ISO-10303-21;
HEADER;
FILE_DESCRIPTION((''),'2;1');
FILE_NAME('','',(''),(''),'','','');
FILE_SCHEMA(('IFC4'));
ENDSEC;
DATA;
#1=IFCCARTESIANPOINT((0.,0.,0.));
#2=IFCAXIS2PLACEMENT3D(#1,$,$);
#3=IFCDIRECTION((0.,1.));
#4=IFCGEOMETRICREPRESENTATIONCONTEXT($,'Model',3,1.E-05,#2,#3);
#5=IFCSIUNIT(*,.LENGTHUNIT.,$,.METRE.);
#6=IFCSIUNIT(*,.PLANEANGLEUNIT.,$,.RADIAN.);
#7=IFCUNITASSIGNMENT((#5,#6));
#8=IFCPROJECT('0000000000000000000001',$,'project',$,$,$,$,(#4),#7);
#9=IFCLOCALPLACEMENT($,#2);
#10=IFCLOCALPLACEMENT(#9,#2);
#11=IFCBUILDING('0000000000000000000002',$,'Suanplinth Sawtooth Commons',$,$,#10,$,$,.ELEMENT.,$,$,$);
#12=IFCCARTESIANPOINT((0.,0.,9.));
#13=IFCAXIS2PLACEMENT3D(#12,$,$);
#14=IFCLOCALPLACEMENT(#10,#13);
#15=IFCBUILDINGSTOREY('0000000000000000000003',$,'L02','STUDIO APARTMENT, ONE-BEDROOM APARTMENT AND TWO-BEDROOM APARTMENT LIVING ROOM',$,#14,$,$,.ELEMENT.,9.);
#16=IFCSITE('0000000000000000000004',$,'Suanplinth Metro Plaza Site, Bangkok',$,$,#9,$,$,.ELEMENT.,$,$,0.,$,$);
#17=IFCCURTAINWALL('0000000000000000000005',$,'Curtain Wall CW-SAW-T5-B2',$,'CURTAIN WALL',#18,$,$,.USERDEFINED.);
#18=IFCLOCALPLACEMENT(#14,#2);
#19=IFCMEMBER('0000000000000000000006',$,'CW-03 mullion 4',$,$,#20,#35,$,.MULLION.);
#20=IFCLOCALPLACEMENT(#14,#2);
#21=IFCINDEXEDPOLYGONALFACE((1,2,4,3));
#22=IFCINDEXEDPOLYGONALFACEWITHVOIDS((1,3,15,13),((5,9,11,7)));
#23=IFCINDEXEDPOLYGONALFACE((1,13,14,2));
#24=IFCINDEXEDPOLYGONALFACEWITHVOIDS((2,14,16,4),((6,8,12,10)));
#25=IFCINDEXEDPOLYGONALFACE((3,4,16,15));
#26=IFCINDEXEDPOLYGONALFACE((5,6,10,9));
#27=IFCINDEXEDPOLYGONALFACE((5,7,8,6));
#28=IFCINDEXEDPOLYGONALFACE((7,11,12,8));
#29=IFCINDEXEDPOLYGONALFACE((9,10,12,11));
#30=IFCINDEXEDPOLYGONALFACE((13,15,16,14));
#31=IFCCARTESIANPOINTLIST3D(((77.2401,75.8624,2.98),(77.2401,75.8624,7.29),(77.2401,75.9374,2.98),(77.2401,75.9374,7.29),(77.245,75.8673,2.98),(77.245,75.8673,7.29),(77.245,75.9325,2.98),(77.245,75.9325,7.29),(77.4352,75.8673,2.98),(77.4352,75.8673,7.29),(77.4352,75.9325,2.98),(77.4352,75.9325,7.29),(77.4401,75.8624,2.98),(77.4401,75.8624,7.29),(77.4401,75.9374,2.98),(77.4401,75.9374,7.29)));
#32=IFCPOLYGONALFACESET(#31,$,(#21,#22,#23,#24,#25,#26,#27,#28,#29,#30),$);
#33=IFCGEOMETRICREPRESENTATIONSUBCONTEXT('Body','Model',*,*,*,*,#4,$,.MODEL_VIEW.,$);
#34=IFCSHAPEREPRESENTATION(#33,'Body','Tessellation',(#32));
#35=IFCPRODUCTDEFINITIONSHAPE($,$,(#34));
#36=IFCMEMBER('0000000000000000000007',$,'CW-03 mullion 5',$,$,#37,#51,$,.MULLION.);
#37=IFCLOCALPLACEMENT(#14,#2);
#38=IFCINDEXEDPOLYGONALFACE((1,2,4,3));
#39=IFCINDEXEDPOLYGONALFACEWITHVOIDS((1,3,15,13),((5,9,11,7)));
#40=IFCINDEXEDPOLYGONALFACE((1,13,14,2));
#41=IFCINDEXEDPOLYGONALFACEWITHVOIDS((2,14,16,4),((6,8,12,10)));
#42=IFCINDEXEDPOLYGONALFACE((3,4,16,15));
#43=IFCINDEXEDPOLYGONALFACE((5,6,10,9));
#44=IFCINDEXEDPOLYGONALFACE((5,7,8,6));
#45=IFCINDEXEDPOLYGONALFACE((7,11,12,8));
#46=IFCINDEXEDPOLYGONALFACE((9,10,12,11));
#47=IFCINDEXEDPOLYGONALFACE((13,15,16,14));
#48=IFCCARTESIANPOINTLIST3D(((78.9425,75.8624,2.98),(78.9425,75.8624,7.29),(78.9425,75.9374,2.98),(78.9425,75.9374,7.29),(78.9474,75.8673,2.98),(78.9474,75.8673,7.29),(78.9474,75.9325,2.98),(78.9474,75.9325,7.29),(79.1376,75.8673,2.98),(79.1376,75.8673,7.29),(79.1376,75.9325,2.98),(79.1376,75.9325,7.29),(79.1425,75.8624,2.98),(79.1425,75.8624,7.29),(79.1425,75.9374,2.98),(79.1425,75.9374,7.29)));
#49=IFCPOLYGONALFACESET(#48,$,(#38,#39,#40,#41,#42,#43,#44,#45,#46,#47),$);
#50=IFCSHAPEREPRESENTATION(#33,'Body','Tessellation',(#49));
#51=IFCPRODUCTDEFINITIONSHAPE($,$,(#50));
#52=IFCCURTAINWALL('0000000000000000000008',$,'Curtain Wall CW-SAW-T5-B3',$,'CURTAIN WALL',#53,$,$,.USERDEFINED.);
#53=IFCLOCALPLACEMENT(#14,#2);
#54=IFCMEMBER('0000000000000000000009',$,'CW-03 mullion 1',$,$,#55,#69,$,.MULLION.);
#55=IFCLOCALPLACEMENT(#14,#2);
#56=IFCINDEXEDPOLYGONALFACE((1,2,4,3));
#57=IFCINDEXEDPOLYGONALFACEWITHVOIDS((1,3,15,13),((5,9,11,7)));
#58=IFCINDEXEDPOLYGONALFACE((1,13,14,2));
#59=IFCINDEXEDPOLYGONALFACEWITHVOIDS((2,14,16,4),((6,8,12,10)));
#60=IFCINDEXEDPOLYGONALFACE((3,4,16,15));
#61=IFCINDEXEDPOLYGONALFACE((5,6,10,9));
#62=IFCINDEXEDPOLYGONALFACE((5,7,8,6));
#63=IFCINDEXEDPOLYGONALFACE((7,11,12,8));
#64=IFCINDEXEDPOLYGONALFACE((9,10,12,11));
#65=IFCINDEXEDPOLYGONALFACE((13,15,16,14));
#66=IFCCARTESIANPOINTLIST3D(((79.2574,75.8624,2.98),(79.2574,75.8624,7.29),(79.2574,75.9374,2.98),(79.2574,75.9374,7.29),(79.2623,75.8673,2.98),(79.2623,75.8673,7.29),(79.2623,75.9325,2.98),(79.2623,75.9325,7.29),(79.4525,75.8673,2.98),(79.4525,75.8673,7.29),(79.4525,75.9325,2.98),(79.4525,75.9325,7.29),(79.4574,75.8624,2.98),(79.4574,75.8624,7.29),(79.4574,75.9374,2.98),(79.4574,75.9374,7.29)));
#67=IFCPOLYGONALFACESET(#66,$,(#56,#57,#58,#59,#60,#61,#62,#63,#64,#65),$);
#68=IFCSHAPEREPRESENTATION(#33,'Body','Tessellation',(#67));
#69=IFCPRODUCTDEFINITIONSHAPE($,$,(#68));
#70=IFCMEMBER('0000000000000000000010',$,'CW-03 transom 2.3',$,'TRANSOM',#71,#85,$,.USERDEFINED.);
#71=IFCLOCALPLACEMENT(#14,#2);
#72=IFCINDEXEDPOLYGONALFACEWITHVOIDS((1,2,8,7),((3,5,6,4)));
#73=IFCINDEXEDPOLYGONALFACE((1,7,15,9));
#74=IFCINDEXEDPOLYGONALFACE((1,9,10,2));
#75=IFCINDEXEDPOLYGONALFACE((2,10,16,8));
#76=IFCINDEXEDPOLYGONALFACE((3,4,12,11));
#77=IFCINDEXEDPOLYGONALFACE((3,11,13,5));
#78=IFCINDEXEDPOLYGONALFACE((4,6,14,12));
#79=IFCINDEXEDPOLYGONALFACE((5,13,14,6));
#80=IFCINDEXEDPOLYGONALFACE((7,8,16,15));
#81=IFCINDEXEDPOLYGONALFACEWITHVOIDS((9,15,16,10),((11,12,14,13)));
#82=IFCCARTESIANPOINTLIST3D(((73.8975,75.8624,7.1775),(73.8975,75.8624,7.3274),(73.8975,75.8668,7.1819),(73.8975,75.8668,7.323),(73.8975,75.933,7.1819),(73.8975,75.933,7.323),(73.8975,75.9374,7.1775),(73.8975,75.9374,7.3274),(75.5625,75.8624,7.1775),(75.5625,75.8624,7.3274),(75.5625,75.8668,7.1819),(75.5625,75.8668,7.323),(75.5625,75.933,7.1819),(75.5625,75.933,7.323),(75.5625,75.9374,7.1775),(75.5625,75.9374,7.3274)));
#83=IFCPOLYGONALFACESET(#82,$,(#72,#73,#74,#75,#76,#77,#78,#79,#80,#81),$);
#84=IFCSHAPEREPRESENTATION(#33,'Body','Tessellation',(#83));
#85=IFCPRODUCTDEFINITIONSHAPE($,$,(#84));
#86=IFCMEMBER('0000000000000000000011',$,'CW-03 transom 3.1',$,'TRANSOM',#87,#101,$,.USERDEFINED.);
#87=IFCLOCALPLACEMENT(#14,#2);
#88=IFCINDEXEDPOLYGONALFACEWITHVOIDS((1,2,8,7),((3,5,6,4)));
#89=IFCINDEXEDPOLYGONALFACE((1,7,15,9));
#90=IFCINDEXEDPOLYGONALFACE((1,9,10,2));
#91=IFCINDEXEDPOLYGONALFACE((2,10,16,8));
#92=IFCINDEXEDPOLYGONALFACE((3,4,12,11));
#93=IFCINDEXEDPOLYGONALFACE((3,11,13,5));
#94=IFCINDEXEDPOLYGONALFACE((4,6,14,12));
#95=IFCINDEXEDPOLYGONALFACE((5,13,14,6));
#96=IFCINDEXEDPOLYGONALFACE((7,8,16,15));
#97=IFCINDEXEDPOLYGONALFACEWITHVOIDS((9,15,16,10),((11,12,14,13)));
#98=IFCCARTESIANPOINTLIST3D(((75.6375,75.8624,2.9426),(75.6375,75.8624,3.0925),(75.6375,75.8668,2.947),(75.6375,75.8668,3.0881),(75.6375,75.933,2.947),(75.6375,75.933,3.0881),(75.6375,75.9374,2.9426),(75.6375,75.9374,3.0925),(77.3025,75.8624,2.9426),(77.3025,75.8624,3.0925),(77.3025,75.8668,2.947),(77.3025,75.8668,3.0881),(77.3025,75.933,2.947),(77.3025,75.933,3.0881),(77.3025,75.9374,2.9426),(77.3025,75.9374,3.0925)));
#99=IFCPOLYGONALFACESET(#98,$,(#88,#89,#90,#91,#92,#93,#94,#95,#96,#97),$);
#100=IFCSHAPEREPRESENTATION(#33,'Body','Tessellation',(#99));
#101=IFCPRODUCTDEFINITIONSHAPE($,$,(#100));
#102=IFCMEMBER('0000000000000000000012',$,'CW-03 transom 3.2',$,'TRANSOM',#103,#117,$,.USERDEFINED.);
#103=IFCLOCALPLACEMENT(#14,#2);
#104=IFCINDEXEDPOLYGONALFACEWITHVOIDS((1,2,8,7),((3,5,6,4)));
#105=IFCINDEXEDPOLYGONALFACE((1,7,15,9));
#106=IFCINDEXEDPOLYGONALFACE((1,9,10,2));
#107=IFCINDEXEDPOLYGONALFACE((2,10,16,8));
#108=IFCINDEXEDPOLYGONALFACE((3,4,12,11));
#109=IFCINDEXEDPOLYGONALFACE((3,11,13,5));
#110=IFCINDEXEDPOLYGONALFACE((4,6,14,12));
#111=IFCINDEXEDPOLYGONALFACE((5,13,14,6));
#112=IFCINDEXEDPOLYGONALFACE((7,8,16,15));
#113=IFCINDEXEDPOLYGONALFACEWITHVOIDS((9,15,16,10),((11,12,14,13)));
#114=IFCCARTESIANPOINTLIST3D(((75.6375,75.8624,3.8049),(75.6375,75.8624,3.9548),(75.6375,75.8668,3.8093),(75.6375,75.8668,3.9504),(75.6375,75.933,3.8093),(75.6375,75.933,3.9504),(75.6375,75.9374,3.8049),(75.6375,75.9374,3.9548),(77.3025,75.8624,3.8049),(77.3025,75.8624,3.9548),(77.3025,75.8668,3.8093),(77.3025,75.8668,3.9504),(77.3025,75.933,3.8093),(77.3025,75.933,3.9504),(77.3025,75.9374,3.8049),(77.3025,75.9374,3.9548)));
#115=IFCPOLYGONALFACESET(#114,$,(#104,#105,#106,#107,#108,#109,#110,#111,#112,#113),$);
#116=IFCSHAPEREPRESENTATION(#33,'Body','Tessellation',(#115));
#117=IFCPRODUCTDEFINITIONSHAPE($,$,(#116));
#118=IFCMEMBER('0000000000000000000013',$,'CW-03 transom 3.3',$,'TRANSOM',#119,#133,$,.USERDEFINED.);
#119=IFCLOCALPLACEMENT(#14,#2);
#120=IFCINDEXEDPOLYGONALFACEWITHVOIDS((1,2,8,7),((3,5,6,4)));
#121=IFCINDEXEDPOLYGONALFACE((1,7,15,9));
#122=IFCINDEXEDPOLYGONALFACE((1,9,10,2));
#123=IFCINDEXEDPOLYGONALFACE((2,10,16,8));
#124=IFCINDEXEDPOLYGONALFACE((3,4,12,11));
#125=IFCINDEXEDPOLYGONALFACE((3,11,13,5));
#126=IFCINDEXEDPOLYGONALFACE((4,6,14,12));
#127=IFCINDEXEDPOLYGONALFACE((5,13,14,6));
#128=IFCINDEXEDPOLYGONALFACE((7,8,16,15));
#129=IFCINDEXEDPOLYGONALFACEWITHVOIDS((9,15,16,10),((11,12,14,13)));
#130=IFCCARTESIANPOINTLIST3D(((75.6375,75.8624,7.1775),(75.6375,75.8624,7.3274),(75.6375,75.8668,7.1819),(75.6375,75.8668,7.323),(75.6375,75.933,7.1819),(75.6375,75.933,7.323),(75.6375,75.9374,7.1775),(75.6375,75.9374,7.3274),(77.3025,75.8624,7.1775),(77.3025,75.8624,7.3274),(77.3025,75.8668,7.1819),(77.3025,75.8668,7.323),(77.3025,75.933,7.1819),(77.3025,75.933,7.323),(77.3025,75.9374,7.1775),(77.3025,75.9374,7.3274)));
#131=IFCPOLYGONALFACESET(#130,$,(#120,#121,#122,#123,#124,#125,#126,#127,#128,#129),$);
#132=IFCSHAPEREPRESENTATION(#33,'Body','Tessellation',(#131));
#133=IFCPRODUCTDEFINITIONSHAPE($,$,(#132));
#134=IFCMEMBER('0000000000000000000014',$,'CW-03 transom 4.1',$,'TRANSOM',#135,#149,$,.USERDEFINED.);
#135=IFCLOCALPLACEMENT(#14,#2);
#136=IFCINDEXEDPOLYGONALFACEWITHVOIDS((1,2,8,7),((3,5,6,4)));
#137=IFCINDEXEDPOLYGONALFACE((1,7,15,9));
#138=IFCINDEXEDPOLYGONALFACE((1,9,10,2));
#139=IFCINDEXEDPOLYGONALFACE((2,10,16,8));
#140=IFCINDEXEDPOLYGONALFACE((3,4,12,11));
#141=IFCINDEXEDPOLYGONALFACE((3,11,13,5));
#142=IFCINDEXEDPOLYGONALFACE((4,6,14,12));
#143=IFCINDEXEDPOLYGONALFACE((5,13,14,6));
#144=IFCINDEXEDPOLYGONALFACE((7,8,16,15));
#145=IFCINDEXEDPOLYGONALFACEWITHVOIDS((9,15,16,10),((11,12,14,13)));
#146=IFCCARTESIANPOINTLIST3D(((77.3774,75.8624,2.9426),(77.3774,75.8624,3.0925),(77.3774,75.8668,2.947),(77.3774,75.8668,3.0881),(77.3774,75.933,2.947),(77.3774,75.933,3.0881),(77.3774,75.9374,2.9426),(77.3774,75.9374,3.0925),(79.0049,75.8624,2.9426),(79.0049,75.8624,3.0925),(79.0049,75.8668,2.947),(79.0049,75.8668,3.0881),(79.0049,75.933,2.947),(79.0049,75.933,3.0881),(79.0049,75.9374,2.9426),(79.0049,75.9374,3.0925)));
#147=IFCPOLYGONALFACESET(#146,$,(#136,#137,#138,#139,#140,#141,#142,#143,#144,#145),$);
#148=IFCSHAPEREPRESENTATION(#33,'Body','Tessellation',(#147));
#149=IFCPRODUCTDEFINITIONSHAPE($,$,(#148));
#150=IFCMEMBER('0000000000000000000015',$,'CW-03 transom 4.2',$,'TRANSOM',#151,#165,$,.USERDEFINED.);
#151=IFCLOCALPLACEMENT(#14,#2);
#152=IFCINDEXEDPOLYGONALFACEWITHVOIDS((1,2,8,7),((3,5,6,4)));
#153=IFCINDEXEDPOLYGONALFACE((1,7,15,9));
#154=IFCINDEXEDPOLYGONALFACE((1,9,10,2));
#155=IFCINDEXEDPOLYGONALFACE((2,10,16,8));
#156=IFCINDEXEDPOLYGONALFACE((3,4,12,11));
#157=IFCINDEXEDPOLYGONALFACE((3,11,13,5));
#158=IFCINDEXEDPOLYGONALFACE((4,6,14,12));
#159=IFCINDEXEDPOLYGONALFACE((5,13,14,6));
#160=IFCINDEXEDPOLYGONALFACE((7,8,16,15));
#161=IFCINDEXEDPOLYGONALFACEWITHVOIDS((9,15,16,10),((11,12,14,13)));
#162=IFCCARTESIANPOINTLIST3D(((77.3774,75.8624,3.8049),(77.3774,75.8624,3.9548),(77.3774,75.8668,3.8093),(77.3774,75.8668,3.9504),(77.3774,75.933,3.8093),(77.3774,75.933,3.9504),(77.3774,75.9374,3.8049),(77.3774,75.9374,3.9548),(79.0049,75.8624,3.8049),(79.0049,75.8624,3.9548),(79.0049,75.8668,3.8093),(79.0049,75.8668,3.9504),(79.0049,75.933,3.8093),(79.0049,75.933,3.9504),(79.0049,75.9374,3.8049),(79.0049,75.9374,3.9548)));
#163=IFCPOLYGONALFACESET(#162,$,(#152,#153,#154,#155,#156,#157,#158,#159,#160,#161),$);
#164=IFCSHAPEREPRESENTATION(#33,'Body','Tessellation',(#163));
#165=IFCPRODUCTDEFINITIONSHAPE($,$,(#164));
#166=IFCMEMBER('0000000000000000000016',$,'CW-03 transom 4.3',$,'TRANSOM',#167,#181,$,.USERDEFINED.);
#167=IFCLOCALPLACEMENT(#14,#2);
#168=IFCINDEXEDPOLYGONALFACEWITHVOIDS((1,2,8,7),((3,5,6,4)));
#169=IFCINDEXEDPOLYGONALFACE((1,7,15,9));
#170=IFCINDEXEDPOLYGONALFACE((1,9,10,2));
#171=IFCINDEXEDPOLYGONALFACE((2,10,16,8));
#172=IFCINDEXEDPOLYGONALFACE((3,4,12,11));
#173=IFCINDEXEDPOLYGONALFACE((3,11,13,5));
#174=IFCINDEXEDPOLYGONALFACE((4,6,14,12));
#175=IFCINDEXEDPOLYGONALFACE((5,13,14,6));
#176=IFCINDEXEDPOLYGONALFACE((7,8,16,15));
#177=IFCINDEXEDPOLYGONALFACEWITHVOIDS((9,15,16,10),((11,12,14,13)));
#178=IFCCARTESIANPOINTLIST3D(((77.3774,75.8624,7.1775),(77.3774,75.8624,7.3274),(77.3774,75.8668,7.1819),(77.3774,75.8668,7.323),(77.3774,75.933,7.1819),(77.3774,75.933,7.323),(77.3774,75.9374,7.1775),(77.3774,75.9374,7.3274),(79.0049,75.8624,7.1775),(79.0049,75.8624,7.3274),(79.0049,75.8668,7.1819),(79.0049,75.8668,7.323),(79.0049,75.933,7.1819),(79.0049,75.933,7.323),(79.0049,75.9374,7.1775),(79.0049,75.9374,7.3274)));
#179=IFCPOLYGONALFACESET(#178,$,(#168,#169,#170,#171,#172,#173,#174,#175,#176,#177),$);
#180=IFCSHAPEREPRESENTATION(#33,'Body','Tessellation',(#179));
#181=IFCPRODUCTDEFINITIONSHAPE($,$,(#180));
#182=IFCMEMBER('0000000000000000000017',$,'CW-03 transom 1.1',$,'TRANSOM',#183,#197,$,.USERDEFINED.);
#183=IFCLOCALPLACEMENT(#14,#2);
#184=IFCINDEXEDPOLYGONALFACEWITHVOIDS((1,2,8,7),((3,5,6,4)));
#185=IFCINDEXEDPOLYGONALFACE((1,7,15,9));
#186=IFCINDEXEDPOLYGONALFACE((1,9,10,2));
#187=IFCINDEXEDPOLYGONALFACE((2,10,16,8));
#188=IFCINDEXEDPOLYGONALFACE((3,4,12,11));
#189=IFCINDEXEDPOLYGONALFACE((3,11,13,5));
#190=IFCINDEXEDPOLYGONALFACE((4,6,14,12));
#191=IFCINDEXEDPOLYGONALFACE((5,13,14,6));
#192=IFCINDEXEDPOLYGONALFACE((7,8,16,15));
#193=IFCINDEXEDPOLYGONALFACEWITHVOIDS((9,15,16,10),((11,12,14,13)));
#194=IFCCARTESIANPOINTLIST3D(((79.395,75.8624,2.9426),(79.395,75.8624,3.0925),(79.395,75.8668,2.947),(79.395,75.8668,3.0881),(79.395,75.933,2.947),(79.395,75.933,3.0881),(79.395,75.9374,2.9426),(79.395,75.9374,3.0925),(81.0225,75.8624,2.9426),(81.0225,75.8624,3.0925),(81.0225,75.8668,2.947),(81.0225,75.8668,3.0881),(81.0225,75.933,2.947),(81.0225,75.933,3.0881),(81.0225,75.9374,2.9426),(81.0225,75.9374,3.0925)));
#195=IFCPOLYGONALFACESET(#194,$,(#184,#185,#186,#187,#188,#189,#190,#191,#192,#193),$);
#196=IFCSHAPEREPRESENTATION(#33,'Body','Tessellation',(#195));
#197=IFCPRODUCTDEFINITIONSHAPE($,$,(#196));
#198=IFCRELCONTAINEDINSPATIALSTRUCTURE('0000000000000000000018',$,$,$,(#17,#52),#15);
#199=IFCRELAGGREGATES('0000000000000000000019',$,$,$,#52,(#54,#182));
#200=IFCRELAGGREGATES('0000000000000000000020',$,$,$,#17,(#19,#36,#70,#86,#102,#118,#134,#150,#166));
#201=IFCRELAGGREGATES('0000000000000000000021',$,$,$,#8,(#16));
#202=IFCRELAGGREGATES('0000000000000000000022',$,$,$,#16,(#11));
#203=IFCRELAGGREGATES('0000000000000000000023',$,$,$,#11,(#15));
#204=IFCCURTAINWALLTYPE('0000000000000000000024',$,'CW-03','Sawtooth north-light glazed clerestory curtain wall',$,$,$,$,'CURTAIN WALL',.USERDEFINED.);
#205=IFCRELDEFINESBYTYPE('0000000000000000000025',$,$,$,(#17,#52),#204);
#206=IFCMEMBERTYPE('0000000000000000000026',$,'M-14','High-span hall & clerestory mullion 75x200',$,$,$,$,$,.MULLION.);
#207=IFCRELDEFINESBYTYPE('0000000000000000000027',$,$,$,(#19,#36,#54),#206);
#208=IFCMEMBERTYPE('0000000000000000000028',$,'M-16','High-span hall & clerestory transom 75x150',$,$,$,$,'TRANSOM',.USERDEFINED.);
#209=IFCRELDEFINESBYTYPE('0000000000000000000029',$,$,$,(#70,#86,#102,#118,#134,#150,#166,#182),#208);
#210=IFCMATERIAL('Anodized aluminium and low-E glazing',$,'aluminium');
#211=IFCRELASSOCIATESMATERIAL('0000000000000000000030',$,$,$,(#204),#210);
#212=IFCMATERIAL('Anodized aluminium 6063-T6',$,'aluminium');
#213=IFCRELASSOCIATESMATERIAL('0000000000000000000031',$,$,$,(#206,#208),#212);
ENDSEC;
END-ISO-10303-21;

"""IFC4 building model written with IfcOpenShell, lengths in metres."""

from ifc_helpers import new_model, si_unit, direction, frame, origin, origin_2d, place, context, subcontext, project, spatial, hollow_rectangle, extrude, material, material_profile, profile_set, type_object, element, aggregate, save


model = new_model("IFC4")

# Units and contexts
model_context = context("Model", 3, precision=1e-05, world=origin(), true_north=direction((0.0, 1.0)))
body_context = subcontext(model_context, "Body", "Model", "MODEL_VIEW")
ifc_project = project(units=[si_unit("LENGTHUNIT", "METRE"), si_unit("PLANEANGLEUNIT", "RADIAN")], contexts=[model_context])

# Site, building, storey
site_placement = place(None, origin())
site = spatial("IfcSite", under=ifc_project, at=site_placement, Name="Suanplinth Metro Plaza Site, Bangkok", CompositionType="ELEMENT", RefElevation=0.0)
building_placement = place(site_placement, origin())
building = spatial("IfcBuilding", under=site, at=building_placement, Name="Suanplinth Sawtooth Commons", CompositionType="ELEMENT")
storey_placement = place(building_placement, frame((0.0, 0.0, 9.0)))
storey = spatial("IfcBuildingStorey", under=building, at=storey_placement, Name="L02", Description="STUDIO APARTMENT, ONE-BEDROOM APARTMENT AND TWO-BEDROOM APARTMENT LIVING ROOM", CompositionType="ELEMENT", Elevation=9.0)

# Curtain wall, members
ifc_material_1 = material(Name="Anodized aluminium and low-E glazing", Category="aluminium")
curtain_wall_type = type_object("IfcCurtainWallType", Name="CW-03", Description="Sawtooth north-light glazed clerestory curtain wall", ElementType="CURTAIN WALL", PredefinedType="USERDEFINED", material=ifc_material_1)
curtain_wall_1_placement = place(storey_placement, origin())
curtain_wall_1 = element("IfcCurtainWall", 1, at=curtain_wall_1_placement, inside=storey, type_object=curtain_wall_type, Name="Curtain Wall CW-SAW-T5-B2", ObjectType="CURTAIN WALL", PredefinedType="USERDEFINED")
ifc_material_2 = material(Name="Anodized aluminium 6063-T6", Category="aluminium")
ifc_material_profile_1 = material_profile(ifc_material_2, hollow_rectangle(XDim=0.075, YDim=0.2, WallThickness=0.0049, at=origin_2d()), Name="ALU-MUL 75x200")
ifc_profile_set_1 = profile_set([ifc_material_profile_1], Name="Anodized aluminium 6063-T6")
member_type_1 = type_object("IfcMemberType", Name="M-14", Description="High-span hall & clerestory mullion 75x200", PredefinedType="MULLION", material=ifc_profile_set_1)
member_1_placement = place(storey_placement, frame((77.3401, 75.8999, 2.98), z_axis=(0.0, 0.0, 1.0), x_axis=(0.0, 1.0, 0.0)))
member_1 = element("IfcMember", 2, at=member_1_placement, type_object=member_type_1, Name="CW-03 mullion 4", PredefinedType="MULLION", context=body_context, shape_type="SweptSolid", body=[
    extrude(hollow_rectangle(XDim=0.075, YDim=0.2, WallThickness=0.0049, at=origin_2d()), origin(), (0.0, 0.0, 1.0), 4.3101),
])
member_2_placement = place(storey_placement, frame((79.0425, 75.8999, 2.98), z_axis=(0.0, 0.0, 1.0), x_axis=(0.0, 1.0, 0.0)))
member_2 = element("IfcMember", 3, at=member_2_placement, type_object=member_type_1, Name="CW-03 mullion 5", PredefinedType="MULLION", context=body_context, shape_type="SweptSolid", body=[
    extrude(hollow_rectangle(XDim=0.075, YDim=0.2, WallThickness=0.0049, at=origin_2d()), origin(), (0.0, 0.0, 1.0), 4.3101),
])

# Curtain wall, member
curtain_wall_2_placement = place(storey_placement, origin())
curtain_wall_2 = element("IfcCurtainWall", 4, at=curtain_wall_2_placement, inside=storey, type_object=curtain_wall_type, Name="Curtain Wall CW-SAW-T5-B3", ObjectType="CURTAIN WALL", PredefinedType="USERDEFINED")
member_3_placement = place(storey_placement, frame((79.3574, 75.8999, 2.98), z_axis=(0.0, 0.0, 1.0), x_axis=(0.0, 1.0, 0.0)))
member_3 = element("IfcMember", 5, at=member_3_placement, type_object=member_type_1, Name="CW-03 mullion 1", PredefinedType="MULLION", context=body_context, shape_type="SweptSolid", body=[
    extrude(hollow_rectangle(XDim=0.075, YDim=0.2, WallThickness=0.0049, at=origin_2d()), origin(), (0.0, 0.0, 1.0), 4.3101),
])

# Members
ifc_material_profile_2 = material_profile(ifc_material_2, hollow_rectangle(XDim=0.075, YDim=0.1499, WallThickness=0.0044, at=origin_2d()), Name="ALU-TRN 75x150")
ifc_profile_set_2 = profile_set([ifc_material_profile_2], Name="Anodized aluminium 6063-T6")
member_type_2 = type_object("IfcMemberType", Name="M-16", Description="High-span hall & clerestory transom 75x150", ElementType="TRANSOM", PredefinedType="USERDEFINED", material=ifc_profile_set_2)
member_4_placement = place(storey_placement, frame((73.8975, 75.8999, 7.2524), z_axis=(1.0, 0.0, 0.0), x_axis=(0.0, 1.0, 0.0)))
member_4 = element("IfcMember", 6, at=member_4_placement, type_object=member_type_2, Name="CW-03 transom 2.3", ObjectType="TRANSOM", PredefinedType="USERDEFINED", context=body_context, shape_type="SweptSolid", body=[
    extrude(hollow_rectangle(XDim=0.075, YDim=0.1499, WallThickness=0.0044, at=origin_2d()), origin(), (0.0, 0.0, 1.0), 1.665),
])
member_5_placement = place(storey_placement, frame((75.6375, 75.8999, 3.0176), z_axis=(1.0, 0.0, 0.0), x_axis=(0.0, 1.0, 0.0)))
member_5 = element("IfcMember", 7, at=member_5_placement, type_object=member_type_2, Name="CW-03 transom 3.1", ObjectType="TRANSOM", PredefinedType="USERDEFINED", context=body_context, shape_type="SweptSolid", body=[
    extrude(hollow_rectangle(XDim=0.075, YDim=0.1499, WallThickness=0.0044, at=origin_2d()), origin(), (0.0, 0.0, 1.0), 1.665),
])
member_6_placement = place(storey_placement, frame((75.6375, 75.8999, 3.8799), z_axis=(1.0, 0.0, 0.0), x_axis=(0.0, 1.0, 0.0)))
member_6 = element("IfcMember", 8, at=member_6_placement, type_object=member_type_2, Name="CW-03 transom 3.2", ObjectType="TRANSOM", PredefinedType="USERDEFINED", context=body_context, shape_type="SweptSolid", body=[
    extrude(hollow_rectangle(XDim=0.075, YDim=0.1499, WallThickness=0.0044, at=origin_2d()), origin(), (0.0, 0.0, 1.0), 1.665),
])
member_7_placement = place(storey_placement, frame((75.6375, 75.8999, 7.2524), z_axis=(1.0, 0.0, 0.0), x_axis=(0.0, 1.0, 0.0)))
member_7 = element("IfcMember", 9, at=member_7_placement, type_object=member_type_2, Name="CW-03 transom 3.3", ObjectType="TRANSOM", PredefinedType="USERDEFINED", context=body_context, shape_type="SweptSolid", body=[
    extrude(hollow_rectangle(XDim=0.075, YDim=0.1499, WallThickness=0.0044, at=origin_2d()), origin(), (0.0, 0.0, 1.0), 1.665),
])
member_8_placement = place(storey_placement, frame((77.3774, 75.8999, 3.0176), z_axis=(1.0, 0.0, 0.0), x_axis=(0.0, 1.0, 0.0)))
member_8 = element("IfcMember", 10, at=member_8_placement, type_object=member_type_2, Name="CW-03 transom 4.1", ObjectType="TRANSOM", PredefinedType="USERDEFINED", context=body_context, shape_type="SweptSolid", body=[
    extrude(hollow_rectangle(XDim=0.075, YDim=0.1499, WallThickness=0.0044, at=origin_2d()), origin(), (0.0, 0.0, 1.0), 1.6274),
])
member_9_placement = place(storey_placement, frame((77.3774, 75.8999, 3.8799), z_axis=(1.0, 0.0, 0.0), x_axis=(0.0, 1.0, 0.0)))
member_9 = element("IfcMember", 11, at=member_9_placement, type_object=member_type_2, Name="CW-03 transom 4.2", ObjectType="TRANSOM", PredefinedType="USERDEFINED", context=body_context, shape_type="SweptSolid", body=[
    extrude(hollow_rectangle(XDim=0.075, YDim=0.1499, WallThickness=0.0044, at=origin_2d()), origin(), (0.0, 0.0, 1.0), 1.6274),
])
member_10_placement = place(storey_placement, frame((77.3774, 75.8999, 7.2524), z_axis=(1.0, 0.0, 0.0), x_axis=(0.0, 1.0, 0.0)))
member_10 = element("IfcMember", 12, at=member_10_placement, type_object=member_type_2, Name="CW-03 transom 4.3", ObjectType="TRANSOM", PredefinedType="USERDEFINED", context=body_context, shape_type="SweptSolid", body=[
    extrude(hollow_rectangle(XDim=0.075, YDim=0.1499, WallThickness=0.0044, at=origin_2d()), origin(), (0.0, 0.0, 1.0), 1.6274),
])
member_11_placement = place(storey_placement, frame((79.395, 75.8999, 3.0176), z_axis=(1.0, 0.0, 0.0), x_axis=(0.0, 1.0, 0.0)))
member_11 = element("IfcMember", 13, at=member_11_placement, type_object=member_type_2, Name="CW-03 transom 1.1", ObjectType="TRANSOM", PredefinedType="USERDEFINED", context=body_context, shape_type="SweptSolid", body=[
    extrude(hollow_rectangle(XDim=0.075, YDim=0.1499, WallThickness=0.0044, at=origin_2d()), origin(), (0.0, 0.0, 1.0), 1.6274),
])
aggregate(curtain_wall_2, [member_3, member_11])

aggregate(curtain_wall_1, [member_1, member_2, member_4, member_5, member_6, member_7, member_8, member_9, member_10])

save(model, "model.ifc")
